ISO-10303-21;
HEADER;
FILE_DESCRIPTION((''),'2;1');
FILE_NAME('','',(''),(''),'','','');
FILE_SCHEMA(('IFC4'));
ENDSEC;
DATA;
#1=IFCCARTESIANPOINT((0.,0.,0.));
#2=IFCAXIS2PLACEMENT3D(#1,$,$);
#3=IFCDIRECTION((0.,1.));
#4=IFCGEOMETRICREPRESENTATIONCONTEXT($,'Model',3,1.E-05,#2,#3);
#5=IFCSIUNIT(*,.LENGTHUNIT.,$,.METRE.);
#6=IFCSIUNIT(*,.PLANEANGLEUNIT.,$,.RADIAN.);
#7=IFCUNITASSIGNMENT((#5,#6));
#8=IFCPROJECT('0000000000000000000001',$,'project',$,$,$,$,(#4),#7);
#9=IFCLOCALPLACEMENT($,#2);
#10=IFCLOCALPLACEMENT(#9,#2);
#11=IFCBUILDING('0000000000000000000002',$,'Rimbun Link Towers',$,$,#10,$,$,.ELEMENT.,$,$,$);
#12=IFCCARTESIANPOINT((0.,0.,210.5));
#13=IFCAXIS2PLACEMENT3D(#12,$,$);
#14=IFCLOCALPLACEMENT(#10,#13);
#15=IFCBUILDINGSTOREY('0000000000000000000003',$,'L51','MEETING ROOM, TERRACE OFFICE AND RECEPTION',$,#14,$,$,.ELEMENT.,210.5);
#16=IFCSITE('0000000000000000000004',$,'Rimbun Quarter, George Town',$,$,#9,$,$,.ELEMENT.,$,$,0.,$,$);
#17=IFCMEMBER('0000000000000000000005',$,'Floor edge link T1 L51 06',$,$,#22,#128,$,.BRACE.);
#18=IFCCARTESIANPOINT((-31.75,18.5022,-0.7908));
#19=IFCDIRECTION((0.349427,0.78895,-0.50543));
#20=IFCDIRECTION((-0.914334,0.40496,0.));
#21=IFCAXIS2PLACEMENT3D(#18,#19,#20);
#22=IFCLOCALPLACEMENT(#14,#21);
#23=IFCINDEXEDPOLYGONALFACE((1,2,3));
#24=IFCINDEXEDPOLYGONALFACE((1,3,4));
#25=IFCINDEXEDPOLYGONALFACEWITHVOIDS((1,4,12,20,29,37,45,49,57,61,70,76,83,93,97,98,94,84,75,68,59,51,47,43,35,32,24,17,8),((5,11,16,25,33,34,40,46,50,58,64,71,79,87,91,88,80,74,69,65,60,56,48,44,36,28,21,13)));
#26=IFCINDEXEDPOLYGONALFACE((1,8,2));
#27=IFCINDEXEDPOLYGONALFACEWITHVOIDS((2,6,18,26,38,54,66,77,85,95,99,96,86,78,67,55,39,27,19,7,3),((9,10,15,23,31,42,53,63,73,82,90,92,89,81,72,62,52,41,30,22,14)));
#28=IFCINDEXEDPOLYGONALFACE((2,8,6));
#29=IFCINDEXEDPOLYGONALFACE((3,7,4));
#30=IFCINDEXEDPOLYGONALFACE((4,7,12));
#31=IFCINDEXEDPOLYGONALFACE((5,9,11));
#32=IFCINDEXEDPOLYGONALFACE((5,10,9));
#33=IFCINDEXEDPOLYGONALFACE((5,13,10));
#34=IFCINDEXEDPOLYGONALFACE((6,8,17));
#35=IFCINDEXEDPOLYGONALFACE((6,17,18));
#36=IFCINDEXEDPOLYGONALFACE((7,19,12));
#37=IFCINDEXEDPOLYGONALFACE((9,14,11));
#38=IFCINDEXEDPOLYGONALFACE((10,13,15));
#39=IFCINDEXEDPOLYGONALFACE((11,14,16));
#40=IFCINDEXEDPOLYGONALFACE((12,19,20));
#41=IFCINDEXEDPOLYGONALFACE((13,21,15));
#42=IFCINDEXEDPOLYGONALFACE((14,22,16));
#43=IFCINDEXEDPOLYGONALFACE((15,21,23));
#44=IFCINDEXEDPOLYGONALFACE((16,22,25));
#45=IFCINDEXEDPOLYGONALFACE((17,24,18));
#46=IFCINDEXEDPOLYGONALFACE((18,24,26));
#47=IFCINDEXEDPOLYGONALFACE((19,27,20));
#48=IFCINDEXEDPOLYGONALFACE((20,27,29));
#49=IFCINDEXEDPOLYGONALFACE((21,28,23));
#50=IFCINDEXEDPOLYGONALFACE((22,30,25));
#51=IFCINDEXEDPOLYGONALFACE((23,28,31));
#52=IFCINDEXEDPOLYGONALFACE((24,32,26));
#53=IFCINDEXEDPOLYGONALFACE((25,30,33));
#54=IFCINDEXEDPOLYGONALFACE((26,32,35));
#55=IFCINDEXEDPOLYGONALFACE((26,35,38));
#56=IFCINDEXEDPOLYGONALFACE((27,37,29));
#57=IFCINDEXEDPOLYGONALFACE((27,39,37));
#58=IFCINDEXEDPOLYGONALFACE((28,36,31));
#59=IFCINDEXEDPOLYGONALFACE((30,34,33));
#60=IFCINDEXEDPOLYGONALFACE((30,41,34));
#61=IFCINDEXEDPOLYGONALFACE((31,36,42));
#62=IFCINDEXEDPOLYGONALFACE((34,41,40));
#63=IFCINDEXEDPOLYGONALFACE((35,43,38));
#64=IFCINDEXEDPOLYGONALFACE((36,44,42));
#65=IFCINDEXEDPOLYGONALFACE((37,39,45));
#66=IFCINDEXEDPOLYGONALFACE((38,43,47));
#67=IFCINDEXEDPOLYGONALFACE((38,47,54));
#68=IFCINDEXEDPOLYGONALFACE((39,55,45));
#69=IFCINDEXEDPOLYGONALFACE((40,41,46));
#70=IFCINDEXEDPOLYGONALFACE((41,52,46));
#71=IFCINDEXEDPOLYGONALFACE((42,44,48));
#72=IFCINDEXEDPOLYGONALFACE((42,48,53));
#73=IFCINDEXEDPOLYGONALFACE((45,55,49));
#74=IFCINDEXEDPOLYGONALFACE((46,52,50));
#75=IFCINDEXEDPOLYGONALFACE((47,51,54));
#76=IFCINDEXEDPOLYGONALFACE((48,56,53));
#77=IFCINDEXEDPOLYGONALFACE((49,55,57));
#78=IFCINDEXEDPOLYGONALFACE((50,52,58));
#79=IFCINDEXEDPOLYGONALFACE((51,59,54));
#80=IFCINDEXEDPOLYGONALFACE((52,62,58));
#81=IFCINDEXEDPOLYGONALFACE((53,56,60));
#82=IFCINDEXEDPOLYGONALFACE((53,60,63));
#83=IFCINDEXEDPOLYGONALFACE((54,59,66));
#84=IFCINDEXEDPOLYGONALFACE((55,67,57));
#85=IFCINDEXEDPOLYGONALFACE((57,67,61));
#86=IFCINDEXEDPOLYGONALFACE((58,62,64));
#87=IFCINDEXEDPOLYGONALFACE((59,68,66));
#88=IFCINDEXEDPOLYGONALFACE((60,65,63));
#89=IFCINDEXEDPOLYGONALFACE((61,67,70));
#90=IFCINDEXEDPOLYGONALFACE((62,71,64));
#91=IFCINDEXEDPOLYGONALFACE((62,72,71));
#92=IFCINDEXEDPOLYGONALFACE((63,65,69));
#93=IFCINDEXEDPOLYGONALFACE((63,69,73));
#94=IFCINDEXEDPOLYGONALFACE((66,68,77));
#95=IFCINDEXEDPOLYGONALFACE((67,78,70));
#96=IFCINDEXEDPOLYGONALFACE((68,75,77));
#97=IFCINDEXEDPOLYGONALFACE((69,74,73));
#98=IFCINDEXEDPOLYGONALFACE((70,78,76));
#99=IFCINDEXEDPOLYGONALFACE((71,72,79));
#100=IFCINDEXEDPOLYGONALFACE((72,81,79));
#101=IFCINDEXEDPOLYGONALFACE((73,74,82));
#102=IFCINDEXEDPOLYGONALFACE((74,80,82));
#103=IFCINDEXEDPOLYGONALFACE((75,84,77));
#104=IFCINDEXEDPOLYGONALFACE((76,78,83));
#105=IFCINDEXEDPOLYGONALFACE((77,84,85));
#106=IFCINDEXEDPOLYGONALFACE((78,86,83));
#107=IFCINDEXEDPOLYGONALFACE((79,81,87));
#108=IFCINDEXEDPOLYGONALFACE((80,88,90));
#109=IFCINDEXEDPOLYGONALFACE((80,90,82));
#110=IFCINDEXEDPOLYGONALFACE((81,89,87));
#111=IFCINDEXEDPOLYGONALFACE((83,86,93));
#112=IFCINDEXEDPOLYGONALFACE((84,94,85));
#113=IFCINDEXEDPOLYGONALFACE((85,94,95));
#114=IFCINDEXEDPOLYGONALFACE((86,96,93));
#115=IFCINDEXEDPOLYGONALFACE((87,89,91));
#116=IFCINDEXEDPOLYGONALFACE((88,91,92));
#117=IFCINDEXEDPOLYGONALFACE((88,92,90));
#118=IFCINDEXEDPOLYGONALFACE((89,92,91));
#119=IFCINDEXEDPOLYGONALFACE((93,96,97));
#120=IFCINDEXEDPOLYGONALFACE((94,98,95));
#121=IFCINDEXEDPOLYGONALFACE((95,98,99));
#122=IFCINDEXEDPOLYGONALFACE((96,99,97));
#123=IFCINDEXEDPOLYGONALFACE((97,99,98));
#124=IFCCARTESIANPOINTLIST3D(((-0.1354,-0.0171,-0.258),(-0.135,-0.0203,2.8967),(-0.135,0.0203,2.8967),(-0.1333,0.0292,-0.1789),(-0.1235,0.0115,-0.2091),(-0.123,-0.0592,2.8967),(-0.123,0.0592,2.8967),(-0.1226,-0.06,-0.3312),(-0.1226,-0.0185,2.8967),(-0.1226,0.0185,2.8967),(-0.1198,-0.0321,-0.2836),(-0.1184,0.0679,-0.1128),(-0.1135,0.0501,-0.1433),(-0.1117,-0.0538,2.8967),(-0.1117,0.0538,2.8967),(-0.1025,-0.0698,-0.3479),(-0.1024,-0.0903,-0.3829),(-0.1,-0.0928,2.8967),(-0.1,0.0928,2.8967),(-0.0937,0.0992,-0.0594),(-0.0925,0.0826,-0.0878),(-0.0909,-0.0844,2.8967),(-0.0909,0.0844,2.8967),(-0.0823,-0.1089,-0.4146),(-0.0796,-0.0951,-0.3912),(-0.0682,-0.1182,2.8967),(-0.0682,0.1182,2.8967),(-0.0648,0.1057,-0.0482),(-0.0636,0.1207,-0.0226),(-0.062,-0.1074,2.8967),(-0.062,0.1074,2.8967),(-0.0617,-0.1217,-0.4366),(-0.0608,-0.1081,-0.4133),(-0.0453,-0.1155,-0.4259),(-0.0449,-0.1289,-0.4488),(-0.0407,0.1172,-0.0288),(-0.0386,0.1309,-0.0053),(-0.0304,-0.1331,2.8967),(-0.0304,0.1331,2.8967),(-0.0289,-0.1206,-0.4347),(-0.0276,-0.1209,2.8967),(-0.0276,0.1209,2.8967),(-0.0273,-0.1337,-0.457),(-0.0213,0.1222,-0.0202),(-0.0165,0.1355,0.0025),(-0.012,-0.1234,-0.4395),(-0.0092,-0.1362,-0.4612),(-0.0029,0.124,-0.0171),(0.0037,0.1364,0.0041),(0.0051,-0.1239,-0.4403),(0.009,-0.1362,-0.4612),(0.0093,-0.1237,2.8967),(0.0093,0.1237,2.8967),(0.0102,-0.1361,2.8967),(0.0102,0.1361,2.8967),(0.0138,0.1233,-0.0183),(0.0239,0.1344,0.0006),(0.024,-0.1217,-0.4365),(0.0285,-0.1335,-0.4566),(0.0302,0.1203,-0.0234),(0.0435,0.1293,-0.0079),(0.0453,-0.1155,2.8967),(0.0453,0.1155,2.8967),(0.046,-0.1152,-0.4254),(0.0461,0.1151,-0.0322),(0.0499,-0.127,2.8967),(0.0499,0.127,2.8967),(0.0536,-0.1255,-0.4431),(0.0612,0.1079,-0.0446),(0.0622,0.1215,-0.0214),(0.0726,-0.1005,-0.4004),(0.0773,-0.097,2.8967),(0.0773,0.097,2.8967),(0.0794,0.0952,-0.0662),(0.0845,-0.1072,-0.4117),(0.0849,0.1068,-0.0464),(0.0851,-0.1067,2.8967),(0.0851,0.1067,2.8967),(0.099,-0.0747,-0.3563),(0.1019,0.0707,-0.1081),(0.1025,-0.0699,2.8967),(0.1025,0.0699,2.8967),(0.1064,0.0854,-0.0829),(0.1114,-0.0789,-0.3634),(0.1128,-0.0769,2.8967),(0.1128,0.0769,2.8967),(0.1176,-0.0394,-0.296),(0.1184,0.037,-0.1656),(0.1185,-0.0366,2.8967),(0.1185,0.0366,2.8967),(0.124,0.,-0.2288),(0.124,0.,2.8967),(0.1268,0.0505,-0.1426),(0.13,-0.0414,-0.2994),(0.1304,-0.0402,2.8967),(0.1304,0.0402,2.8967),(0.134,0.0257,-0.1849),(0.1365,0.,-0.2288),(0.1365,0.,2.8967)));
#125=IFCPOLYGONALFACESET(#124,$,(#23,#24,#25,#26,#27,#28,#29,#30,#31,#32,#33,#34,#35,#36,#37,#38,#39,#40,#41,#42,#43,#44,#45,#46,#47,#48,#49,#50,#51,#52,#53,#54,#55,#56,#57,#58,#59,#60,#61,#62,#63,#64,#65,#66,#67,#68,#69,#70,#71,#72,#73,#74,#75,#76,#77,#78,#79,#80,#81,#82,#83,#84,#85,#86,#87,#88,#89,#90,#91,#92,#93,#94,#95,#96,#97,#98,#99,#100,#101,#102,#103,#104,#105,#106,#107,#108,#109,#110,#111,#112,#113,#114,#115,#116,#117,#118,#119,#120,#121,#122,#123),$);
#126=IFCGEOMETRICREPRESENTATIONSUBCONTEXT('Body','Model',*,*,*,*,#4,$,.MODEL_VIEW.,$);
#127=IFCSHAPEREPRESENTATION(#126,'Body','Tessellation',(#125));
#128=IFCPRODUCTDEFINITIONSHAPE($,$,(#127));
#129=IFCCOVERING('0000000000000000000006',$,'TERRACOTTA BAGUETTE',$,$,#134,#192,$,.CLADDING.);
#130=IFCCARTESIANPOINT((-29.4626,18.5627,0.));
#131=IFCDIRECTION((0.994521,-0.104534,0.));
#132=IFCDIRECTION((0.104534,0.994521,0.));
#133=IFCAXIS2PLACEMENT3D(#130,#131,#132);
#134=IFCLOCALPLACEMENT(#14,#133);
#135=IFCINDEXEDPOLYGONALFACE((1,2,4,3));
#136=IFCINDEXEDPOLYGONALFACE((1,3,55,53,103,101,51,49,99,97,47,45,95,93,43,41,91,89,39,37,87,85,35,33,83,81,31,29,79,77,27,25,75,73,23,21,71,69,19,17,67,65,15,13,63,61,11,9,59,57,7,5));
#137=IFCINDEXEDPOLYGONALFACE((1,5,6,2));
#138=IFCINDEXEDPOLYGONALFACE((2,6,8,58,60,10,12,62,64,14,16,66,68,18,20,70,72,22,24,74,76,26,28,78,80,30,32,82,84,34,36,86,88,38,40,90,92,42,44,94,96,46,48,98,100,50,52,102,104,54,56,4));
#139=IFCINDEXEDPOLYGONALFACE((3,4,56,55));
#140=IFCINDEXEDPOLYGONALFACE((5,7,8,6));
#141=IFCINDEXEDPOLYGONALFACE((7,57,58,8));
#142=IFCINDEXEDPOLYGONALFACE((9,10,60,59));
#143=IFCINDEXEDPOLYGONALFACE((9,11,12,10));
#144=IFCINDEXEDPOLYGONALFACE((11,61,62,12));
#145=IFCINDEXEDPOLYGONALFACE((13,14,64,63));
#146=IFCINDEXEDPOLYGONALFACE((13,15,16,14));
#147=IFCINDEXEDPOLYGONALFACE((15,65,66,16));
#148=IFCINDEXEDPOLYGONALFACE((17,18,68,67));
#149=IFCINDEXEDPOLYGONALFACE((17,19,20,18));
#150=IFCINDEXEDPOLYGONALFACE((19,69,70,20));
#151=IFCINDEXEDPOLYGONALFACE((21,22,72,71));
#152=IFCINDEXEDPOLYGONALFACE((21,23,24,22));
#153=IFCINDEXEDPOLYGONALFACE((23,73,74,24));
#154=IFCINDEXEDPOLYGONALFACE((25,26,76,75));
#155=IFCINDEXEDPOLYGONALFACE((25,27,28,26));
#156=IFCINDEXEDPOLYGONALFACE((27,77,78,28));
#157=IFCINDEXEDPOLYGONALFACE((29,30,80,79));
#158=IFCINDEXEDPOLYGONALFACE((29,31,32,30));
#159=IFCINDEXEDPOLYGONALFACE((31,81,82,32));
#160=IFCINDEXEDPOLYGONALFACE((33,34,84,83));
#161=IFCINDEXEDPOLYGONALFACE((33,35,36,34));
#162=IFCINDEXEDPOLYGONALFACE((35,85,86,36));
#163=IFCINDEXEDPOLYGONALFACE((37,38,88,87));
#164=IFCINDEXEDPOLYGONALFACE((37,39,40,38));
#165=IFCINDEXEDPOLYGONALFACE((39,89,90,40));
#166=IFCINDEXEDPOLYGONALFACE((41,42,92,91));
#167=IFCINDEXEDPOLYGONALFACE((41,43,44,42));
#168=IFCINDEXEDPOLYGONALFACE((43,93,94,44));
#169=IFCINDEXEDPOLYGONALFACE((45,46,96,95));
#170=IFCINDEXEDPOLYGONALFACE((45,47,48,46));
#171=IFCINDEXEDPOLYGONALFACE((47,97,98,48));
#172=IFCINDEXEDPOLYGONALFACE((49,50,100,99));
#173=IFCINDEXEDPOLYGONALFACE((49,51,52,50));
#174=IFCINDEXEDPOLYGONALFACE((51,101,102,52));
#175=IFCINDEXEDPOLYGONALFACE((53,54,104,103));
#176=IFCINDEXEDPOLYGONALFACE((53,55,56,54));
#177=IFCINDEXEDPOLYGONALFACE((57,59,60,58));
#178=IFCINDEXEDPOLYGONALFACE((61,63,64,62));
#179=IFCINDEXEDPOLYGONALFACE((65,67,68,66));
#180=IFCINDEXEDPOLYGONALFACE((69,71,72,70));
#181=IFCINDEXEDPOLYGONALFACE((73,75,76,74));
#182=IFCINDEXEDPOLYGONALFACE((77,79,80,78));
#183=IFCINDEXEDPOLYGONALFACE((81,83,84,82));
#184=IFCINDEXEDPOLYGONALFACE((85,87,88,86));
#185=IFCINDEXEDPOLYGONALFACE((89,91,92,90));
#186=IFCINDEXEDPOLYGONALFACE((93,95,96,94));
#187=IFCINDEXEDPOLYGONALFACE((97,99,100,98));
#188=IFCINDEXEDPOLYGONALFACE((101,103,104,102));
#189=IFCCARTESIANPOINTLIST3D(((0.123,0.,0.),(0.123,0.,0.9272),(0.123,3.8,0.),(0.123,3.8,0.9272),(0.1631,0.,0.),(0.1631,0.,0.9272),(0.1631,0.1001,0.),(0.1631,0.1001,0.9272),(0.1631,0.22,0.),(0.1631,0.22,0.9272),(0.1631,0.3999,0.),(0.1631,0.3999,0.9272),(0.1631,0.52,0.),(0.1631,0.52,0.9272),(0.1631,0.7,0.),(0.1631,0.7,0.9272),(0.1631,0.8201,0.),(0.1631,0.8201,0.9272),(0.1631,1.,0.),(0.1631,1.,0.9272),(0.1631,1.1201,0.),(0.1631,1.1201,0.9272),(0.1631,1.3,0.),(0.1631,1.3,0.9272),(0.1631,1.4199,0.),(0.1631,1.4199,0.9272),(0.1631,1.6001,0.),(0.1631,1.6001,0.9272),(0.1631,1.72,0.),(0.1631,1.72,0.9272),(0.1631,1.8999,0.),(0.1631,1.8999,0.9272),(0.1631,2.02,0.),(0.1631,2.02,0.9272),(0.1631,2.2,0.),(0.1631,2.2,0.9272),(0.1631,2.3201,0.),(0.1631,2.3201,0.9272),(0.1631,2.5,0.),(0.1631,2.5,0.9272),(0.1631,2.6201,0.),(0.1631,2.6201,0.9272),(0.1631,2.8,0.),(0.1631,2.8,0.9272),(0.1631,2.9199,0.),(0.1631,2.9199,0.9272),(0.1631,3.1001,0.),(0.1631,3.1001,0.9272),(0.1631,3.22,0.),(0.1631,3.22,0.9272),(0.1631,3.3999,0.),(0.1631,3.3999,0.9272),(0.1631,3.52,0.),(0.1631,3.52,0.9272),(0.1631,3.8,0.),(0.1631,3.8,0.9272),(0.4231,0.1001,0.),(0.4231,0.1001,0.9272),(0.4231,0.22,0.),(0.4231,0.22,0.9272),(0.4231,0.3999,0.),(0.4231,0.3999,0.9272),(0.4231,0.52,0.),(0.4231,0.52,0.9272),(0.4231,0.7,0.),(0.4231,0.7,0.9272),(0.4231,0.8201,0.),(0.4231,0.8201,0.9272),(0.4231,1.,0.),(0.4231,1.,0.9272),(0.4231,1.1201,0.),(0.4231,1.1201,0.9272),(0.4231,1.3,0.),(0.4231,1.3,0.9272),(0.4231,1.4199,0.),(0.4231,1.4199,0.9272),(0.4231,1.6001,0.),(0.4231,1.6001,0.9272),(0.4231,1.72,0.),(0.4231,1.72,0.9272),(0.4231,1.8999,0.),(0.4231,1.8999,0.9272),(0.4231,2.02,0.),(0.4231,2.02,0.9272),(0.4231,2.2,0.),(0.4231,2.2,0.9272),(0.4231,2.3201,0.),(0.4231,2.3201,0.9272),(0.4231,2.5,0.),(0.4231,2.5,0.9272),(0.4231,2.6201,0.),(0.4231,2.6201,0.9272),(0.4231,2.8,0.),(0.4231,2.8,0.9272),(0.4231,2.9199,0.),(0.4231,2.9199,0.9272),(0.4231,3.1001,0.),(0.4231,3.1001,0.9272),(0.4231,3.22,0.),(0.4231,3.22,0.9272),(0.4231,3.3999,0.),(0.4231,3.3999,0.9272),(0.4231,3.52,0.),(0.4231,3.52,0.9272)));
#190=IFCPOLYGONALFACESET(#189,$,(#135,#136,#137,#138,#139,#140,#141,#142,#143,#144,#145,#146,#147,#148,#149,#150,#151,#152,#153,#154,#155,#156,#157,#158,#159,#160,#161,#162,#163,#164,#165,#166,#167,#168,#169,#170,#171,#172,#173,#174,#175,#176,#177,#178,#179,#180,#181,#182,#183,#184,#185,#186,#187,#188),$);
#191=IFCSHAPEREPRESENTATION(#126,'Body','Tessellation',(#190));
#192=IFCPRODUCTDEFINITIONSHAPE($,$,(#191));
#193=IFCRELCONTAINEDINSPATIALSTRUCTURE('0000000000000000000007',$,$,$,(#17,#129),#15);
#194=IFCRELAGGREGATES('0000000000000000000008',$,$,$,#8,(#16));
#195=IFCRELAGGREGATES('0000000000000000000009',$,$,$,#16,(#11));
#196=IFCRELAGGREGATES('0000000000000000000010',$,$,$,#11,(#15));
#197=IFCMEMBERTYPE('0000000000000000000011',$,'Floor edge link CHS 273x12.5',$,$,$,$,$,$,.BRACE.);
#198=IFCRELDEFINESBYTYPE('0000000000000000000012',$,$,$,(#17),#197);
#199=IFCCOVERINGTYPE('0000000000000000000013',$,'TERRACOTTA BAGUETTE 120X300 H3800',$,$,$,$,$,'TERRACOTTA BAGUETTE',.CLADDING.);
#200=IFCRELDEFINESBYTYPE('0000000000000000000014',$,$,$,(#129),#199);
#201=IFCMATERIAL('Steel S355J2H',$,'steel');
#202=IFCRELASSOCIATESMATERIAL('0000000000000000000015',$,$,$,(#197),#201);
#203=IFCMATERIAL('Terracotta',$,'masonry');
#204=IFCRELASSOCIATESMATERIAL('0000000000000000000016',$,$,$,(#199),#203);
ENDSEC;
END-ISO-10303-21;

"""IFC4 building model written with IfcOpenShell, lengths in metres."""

from ifc_helpers import new_model, si_unit, direction, frame, origin, origin_2d, place, context, subcontext, project, spatial, polyline, hollow_circle, outline, extrude, clip, halfspace, material, material_profile, profile_set, type_object, element, save


model = new_model("IFC4")

# Units and contexts
model_context = context("Model", 3, precision=1e-05, world=origin(), true_north=direction((0.0, 1.0)))
body_context = subcontext(model_context, "Body", "Model", "MODEL_VIEW")
ifc_project = project(units=[si_unit("LENGTHUNIT", "METRE"), si_unit("PLANEANGLEUNIT", "RADIAN")], contexts=[model_context])

# Site, building, storey
site_placement = place(None, origin())
site = spatial("IfcSite", under=ifc_project, at=site_placement, Name="Rimbun Quarter, George Town", CompositionType="ELEMENT", RefElevation=0.0)
building_placement = place(site_placement, origin())
building = spatial("IfcBuilding", under=site, at=building_placement, Name="Rimbun Link Towers", CompositionType="ELEMENT")
storey_placement = place(building_placement, frame((0.0, 0.0, 210.5)))
storey = spatial("IfcBuildingStorey", under=building, at=storey_placement, Name="L51", Description="MEETING ROOM, TERRACE OFFICE AND RECEPTION", CompositionType="ELEMENT", Elevation=210.5)

# Member
ifc_material_1 = material(Name="Steel S355J2H", Category="steel")
ifc_material_profile_1 = material_profile(ifc_material_1, hollow_circle(Radius=0.1365, WallThickness=0.0125, at=origin_2d()), Name="CHS 273x12.5")
ifc_profile_set_1 = profile_set([ifc_material_profile_1], Name="Steel S355J2H")
member_type_1 = type_object("IfcMemberType", Name="Floor edge link CHS 273x12.5", PredefinedType="BRACE", material=ifc_profile_set_1)
member_1_placement = place(storey_placement, frame((-31.75, 18.5022, -0.7908), z_axis=(0.349427, 0.78895, -0.50543), x_axis=(-0.914334, 0.40496, 0.0)))
element("IfcMember", 1, at=member_1_placement, inside=storey, type_object=member_type_1, Name="Floor edge link T1 L51 06", PredefinedType="BRACE", context=body_context, shape_type="Clipping", body=[
    clip(extrude(hollow_circle(Radius=0.1365, WallThickness=0.0125, at=origin_2d()), frame((0.0, 0.0, -0.4858)), (0.0, 0.0, 1.0), 3.3826), halfspace(frame((0.0, 0.0, -0.2288), z_axis=(0.0, 0.862868, -0.50543)), False)),
])

# Covering
ifc_material_2 = material(Name="Terracotta", Category="masonry")
ifc_material_profile_2 = material_profile(ifc_material_2, outline(polyline([(0.123, 0.0), (0.1631, 0.0), (0.1631, 0.1001), (0.4231, 0.1001), (0.4231, 0.22), (0.1631, 0.22), (0.1631, 0.3999), (0.4231, 0.3999), (0.4231, 0.52), (0.1631, 0.52), (0.1631, 0.7), (0.4231, 0.7), (0.4231, 0.8201), (0.1631, 0.8201), (0.1631, 1.0), (0.4231, 1.0), (0.4231, 1.1201), (0.1631, 1.1201), (0.1631, 1.3), (0.4231, 1.3), (0.4231, 1.4199), (0.1631, 1.4199), (0.1631, 1.6001), (0.4231, 1.6001), (0.4231, 1.72), (0.1631, 1.72), (0.1631, 1.8999), (0.4231, 1.8999), (0.4231, 2.02), (0.1631, 2.02), (0.1631, 2.2), (0.4231, 2.2), (0.4231, 2.3201), (0.1631, 2.3201), (0.1631, 2.5), (0.4231, 2.5), (0.4231, 2.6201), (0.1631, 2.6201), (0.1631, 2.8), (0.4231, 2.8), (0.4231, 2.9199), (0.1631, 2.9199), (0.1631, 3.1001), (0.4231, 3.1001), (0.4231, 3.22), (0.1631, 3.22), (0.1631, 3.3999), (0.4231, 3.3999), (0.4231, 3.52), (0.1631, 3.52), (0.1631, 3.8), (0.123, 3.8), (0.123, 0.0)])), Name="BAGUETTE 120X300")
ifc_profile_set_2 = profile_set([ifc_material_profile_2], Name="Terracotta")
covering_type = type_object("IfcCoveringType", Name="TERRACOTTA BAGUETTE 120X300 H3800", ElementType="TERRACOTTA BAGUETTE", PredefinedType="CLADDING", material=ifc_profile_set_2)
covering_1_placement = place(storey_placement, frame((-29.4626, 18.5627, 0.0), z_axis=(0.994521, -0.104534, 0.0), x_axis=(0.104534, 0.994521, 0.0)))
element("IfcCovering", 2, at=covering_1_placement, inside=storey, type_object=covering_type, Name="TERRACOTTA BAGUETTE", PredefinedType="CLADDING", context=body_context, shape_type="SweptSolid", body=[
    extrude(outline(polyline([(0.123, 0.0), (0.1631, 0.0), (0.1631, 0.1001), (0.4231, 0.1001), (0.4231, 0.22), (0.1631, 0.22), (0.1631, 0.3999), (0.4231, 0.3999), (0.4231, 0.52), (0.1631, 0.52), (0.1631, 0.7), (0.4231, 0.7), (0.4231, 0.8201), (0.1631, 0.8201), (0.1631, 1.0), (0.4231, 1.0), (0.4231, 1.1201), (0.1631, 1.1201), (0.1631, 1.3), (0.4231, 1.3), (0.4231, 1.4199), (0.1631, 1.4199), (0.1631, 1.6001), (0.4231, 1.6001), (0.4231, 1.72), (0.1631, 1.72), (0.1631, 1.8999), (0.4231, 1.8999), (0.4231, 2.02), (0.1631, 2.02), (0.1631, 2.2), (0.4231, 2.2), (0.4231, 2.3201), (0.1631, 2.3201), (0.1631, 2.5), (0.4231, 2.5), (0.4231, 2.6201), (0.1631, 2.6201), (0.1631, 2.8), (0.4231, 2.8), (0.4231, 2.9199), (0.1631, 2.9199), (0.1631, 3.1001), (0.4231, 3.1001), (0.4231, 3.22), (0.1631, 3.22), (0.1631, 3.3999), (0.4231, 3.3999), (0.4231, 3.52), (0.1631, 3.52), (0.1631, 3.8), (0.123, 3.8), (0.123, 0.0)])), origin(), (0.0, 0.0, 1.0), 0.9272),
])

save(model, "model.ifc")
